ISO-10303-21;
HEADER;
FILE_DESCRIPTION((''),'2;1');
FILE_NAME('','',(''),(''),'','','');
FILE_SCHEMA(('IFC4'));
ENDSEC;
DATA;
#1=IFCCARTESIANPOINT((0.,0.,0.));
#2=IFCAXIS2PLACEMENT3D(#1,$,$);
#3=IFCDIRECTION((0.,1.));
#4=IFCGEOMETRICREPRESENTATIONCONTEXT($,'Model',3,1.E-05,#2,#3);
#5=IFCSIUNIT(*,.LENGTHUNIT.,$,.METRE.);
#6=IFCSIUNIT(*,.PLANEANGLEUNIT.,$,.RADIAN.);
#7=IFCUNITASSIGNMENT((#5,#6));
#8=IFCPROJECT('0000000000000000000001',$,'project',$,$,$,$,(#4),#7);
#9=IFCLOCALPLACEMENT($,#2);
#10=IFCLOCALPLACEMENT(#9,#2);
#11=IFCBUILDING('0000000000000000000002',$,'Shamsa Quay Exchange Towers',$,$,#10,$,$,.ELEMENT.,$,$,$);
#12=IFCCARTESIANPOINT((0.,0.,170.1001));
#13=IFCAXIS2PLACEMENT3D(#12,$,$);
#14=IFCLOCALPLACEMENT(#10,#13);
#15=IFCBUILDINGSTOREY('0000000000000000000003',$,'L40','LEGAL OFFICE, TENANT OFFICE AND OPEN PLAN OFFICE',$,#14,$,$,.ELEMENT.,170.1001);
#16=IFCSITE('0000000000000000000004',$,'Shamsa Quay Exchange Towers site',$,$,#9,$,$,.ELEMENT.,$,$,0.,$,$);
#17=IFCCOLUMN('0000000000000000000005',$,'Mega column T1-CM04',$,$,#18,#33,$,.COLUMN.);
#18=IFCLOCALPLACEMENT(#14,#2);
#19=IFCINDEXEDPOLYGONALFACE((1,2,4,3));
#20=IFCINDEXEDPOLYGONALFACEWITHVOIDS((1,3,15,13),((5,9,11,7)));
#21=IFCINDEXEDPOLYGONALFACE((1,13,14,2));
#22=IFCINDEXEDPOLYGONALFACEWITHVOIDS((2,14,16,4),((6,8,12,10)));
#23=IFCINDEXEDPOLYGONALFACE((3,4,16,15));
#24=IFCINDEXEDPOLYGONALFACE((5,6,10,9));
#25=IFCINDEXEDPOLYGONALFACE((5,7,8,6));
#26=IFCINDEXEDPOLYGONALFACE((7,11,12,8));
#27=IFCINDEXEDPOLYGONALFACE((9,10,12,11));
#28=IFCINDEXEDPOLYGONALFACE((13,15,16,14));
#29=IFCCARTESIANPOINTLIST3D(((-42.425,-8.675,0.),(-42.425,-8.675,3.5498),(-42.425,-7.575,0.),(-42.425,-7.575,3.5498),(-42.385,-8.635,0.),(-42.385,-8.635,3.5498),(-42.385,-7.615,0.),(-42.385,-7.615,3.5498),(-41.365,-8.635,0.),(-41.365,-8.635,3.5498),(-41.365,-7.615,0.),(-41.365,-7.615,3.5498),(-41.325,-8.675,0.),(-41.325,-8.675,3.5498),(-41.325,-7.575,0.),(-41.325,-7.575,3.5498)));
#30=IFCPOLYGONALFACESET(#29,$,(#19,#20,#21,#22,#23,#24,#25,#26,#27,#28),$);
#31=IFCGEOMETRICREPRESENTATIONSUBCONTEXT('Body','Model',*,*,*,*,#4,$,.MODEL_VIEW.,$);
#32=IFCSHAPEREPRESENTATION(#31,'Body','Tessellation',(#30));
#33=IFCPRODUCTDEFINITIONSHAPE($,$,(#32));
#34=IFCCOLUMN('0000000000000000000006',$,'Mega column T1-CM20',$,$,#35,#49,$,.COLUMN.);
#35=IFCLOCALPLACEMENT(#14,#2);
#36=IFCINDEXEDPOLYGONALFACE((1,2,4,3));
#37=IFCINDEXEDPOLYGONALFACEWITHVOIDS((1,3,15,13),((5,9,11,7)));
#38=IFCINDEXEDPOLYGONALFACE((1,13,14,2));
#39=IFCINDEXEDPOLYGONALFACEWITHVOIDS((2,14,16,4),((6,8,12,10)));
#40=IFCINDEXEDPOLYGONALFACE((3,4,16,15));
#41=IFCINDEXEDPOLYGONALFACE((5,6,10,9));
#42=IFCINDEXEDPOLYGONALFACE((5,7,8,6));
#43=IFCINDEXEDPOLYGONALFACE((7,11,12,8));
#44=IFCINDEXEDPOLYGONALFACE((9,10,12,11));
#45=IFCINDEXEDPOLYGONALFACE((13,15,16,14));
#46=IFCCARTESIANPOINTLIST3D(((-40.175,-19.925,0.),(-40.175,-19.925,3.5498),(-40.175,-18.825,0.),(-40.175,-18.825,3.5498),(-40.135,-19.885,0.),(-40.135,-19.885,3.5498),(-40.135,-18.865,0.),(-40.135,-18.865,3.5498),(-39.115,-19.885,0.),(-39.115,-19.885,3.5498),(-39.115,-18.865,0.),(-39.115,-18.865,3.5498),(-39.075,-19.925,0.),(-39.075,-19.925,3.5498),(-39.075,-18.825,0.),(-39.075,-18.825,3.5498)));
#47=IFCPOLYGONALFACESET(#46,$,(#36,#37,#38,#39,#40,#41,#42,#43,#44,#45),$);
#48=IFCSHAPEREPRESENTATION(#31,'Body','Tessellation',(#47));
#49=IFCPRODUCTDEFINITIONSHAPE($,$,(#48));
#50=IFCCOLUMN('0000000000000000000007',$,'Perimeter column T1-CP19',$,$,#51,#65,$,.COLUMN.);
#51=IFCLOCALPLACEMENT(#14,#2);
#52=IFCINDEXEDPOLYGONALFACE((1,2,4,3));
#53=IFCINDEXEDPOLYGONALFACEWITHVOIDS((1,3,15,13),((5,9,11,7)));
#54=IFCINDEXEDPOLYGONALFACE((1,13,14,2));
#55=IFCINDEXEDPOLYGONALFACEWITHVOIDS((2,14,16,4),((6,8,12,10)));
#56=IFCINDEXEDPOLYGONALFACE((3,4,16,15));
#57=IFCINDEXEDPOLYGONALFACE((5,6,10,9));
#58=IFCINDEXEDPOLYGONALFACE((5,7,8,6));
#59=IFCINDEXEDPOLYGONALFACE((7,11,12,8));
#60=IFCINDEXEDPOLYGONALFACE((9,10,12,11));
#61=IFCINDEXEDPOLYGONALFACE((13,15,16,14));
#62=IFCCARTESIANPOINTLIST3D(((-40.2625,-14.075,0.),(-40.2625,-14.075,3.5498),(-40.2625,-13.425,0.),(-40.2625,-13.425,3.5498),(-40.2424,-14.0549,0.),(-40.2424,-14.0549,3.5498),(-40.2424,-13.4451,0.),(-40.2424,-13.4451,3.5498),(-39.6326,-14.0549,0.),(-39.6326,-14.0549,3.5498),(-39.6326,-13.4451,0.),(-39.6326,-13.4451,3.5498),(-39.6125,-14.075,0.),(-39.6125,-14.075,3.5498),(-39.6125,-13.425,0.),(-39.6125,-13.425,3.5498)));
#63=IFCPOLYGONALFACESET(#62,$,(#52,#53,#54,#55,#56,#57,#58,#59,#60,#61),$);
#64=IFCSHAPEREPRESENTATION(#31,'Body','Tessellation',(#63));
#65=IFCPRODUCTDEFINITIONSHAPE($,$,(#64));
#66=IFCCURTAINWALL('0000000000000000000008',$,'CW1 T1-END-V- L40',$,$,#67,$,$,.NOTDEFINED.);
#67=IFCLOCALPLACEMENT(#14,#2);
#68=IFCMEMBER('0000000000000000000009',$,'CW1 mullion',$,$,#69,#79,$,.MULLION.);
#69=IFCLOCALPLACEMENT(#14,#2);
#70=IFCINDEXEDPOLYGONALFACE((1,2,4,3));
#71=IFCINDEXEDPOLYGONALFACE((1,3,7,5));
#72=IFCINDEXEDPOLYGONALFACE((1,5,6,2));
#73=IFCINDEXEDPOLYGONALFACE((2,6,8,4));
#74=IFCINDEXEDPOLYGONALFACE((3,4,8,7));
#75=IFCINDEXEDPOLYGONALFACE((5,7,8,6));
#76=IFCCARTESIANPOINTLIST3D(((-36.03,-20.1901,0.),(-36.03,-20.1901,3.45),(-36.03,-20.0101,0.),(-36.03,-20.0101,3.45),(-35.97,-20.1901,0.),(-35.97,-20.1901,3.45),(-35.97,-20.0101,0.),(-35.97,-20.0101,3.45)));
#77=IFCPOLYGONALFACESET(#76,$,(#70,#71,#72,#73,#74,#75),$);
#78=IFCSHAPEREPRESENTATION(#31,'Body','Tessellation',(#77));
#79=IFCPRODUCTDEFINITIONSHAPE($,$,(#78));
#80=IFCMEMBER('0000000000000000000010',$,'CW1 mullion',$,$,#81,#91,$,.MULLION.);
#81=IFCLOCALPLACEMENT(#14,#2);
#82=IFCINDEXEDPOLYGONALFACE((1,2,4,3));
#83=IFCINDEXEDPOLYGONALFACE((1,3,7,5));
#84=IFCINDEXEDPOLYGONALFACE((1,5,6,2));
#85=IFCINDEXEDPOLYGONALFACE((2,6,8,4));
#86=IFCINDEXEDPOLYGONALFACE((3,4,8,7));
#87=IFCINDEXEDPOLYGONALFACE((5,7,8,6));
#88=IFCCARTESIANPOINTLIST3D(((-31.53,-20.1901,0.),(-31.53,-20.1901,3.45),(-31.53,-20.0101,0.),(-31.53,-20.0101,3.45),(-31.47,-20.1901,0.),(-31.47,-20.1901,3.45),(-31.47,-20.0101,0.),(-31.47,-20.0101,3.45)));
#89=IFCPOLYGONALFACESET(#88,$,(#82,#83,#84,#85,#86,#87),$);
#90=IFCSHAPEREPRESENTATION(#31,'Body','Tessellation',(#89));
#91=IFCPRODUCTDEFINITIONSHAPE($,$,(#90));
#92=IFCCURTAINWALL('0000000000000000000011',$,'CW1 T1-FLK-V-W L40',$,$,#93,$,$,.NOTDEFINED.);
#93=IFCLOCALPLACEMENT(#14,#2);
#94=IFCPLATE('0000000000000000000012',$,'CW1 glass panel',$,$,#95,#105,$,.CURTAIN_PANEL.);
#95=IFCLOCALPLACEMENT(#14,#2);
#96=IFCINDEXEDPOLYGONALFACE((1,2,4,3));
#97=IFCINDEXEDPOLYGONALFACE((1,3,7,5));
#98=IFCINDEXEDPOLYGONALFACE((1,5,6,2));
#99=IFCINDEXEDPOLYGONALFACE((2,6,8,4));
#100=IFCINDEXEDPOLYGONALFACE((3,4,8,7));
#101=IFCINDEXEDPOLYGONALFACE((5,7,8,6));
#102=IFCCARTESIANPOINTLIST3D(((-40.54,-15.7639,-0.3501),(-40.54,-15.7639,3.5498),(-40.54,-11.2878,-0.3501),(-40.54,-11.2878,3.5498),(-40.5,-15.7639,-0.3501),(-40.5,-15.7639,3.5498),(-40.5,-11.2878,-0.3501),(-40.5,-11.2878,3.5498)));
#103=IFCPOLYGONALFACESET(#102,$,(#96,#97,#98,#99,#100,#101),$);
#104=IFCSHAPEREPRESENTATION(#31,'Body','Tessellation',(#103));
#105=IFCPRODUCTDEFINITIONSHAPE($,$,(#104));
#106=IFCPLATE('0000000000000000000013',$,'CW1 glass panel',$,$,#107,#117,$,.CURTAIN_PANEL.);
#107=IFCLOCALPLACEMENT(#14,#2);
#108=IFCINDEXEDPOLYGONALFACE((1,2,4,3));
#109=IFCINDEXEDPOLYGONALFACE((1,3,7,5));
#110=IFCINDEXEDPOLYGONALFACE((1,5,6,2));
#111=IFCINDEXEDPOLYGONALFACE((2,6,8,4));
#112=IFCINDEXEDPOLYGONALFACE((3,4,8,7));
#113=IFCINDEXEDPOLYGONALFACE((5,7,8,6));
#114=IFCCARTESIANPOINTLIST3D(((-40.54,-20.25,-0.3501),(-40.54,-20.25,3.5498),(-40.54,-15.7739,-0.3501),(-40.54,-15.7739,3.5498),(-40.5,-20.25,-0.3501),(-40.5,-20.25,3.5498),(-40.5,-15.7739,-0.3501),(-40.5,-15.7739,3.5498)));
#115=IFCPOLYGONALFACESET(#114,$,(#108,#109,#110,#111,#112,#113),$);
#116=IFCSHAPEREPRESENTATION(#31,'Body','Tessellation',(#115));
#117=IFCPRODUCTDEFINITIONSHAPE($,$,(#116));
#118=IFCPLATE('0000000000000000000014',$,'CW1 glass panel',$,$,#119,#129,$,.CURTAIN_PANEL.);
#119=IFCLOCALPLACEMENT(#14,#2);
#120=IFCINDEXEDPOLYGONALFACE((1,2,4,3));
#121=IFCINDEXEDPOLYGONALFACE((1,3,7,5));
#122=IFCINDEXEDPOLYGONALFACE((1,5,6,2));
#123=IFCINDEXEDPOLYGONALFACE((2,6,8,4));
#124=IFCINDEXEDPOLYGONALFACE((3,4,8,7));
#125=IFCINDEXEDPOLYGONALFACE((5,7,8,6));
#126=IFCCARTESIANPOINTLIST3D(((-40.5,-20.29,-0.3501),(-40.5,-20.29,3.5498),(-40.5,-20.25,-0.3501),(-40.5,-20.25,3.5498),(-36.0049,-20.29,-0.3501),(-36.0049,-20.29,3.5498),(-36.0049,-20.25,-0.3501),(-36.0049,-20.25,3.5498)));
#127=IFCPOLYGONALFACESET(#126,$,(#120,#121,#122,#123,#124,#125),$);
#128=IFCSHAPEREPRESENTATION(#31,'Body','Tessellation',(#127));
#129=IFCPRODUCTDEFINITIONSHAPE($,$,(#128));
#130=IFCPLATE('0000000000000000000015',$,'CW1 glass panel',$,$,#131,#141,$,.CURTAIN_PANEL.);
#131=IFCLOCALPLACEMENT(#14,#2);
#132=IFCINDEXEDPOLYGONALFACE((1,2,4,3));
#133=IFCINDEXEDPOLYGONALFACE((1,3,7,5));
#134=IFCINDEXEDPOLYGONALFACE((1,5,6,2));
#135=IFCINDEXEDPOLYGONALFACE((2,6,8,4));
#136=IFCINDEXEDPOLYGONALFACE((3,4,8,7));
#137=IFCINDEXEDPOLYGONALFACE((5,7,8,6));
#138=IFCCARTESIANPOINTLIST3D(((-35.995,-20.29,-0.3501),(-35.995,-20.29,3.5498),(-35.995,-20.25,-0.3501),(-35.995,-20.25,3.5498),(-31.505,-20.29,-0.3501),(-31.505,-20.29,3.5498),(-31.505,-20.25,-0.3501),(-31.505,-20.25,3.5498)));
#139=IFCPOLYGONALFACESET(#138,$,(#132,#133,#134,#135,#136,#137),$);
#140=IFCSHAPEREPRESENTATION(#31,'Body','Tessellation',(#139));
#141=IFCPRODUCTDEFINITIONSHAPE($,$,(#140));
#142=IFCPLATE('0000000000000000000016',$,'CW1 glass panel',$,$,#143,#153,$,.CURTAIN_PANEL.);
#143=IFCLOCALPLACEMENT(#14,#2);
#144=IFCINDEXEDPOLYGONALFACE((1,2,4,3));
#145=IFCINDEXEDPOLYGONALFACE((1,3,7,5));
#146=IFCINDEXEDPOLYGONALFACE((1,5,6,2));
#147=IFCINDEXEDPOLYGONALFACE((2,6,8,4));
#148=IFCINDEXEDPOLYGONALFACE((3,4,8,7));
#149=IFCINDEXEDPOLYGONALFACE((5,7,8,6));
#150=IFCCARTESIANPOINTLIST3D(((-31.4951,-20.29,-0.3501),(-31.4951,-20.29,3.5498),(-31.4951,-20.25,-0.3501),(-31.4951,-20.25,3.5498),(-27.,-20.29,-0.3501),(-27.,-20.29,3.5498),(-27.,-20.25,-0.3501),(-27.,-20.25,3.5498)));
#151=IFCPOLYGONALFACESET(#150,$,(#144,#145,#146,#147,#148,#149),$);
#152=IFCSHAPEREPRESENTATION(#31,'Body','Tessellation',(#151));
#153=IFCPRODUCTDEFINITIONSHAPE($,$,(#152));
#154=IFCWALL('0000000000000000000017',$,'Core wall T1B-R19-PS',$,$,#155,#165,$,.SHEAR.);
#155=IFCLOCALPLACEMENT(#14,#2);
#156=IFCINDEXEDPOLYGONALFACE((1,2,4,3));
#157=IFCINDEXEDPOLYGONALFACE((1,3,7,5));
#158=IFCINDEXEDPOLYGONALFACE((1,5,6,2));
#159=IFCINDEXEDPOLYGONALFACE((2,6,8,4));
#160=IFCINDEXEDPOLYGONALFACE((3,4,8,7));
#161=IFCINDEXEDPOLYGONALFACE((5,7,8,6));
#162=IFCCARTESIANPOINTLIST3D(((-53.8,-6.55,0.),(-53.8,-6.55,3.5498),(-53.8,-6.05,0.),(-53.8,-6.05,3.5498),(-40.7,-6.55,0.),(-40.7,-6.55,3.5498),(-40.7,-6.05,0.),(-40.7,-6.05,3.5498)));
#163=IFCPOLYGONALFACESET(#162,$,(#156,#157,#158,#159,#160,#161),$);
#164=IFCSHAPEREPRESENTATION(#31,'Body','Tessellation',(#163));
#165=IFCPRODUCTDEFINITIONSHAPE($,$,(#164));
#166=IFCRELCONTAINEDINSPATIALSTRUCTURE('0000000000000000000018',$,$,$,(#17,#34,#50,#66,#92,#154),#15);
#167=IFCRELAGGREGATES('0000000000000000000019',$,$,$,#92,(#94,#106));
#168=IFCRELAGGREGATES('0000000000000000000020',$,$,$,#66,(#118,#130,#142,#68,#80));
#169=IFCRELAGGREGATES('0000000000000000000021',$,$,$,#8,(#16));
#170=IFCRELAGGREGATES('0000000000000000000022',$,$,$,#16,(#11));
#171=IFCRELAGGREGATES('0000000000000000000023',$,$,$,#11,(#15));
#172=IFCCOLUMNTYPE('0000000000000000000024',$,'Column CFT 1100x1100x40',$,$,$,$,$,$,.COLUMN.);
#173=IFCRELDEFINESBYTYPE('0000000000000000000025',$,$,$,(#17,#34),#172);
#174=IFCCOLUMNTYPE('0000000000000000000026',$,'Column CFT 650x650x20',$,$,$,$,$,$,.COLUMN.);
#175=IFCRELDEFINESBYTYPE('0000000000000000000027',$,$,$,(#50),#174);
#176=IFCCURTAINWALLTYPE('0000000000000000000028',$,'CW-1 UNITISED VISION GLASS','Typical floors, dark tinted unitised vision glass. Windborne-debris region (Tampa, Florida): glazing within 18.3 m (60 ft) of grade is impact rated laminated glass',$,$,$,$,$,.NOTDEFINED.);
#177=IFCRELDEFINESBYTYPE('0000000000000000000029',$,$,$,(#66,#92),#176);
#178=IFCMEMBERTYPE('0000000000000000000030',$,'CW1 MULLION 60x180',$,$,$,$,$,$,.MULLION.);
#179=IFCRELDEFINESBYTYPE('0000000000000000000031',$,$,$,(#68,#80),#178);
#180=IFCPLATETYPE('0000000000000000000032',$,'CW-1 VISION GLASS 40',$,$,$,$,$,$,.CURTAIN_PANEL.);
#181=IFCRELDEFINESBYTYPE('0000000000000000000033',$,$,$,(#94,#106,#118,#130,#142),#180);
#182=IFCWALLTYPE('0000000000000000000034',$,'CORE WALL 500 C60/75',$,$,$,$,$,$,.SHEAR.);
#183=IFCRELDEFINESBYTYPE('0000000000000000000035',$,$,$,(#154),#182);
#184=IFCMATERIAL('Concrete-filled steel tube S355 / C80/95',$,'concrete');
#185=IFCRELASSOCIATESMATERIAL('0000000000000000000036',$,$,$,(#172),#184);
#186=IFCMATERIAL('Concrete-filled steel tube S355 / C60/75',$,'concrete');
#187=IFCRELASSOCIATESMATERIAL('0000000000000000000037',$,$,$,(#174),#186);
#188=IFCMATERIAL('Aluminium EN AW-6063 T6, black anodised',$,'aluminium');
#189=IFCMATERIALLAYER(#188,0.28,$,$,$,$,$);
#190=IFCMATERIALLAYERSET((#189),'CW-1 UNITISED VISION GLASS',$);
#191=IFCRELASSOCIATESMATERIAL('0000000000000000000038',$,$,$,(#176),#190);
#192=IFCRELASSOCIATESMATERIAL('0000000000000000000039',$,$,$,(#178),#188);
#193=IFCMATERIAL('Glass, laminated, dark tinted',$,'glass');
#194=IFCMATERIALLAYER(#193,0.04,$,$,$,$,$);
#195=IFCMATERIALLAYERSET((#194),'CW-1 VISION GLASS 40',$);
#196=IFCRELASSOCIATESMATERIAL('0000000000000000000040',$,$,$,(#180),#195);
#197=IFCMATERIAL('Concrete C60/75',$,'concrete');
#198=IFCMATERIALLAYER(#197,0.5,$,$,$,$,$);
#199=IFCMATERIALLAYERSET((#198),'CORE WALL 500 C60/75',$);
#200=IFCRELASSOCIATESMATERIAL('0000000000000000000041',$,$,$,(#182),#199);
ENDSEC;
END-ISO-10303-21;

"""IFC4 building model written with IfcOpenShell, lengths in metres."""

from ifc_helpers import new_model, si_unit, direction, frame, frame_2d, origin, origin_2d, place, context, subcontext, project, spatial, rectangle, hollow_rectangle, extrude, material, layer, layer_set, material_profile, profile_set, type_object, element, aggregate, save


model = new_model("IFC4")

# Units and contexts
model_context = context("Model", 3, precision=1e-05, world=origin(), true_north=direction((0.0, 1.0)))
body_context = subcontext(model_context, "Body", "Model", "MODEL_VIEW")
ifc_project = project(units=[si_unit("LENGTHUNIT", "METRE"), si_unit("PLANEANGLEUNIT", "RADIAN")], contexts=[model_context])

# Site, building, storey
site_placement = place(None, origin())
site = spatial("IfcSite", under=ifc_project, at=site_placement, Name="Shamsa Quay Exchange Towers site", CompositionType="ELEMENT", RefElevation=0.0)
building_placement = place(site_placement, origin())
building = spatial("IfcBuilding", under=site, at=building_placement, Name="Shamsa Quay Exchange Towers", CompositionType="ELEMENT")
storey_placement = place(building_placement, frame((0.0, 0.0, 170.1001)))
storey = spatial("IfcBuildingStorey", under=building, at=storey_placement, Name="L40", Description="LEGAL OFFICE, TENANT OFFICE AND OPEN PLAN OFFICE", CompositionType="ELEMENT", Elevation=170.1001)

# Columns
ifc_material_1 = material(Name="Concrete-filled steel tube S355 / C80/95", Category="concrete")
ifc_material_profile_1 = material_profile(ifc_material_1, hollow_rectangle(XDim=1.1001, YDim=1.1001, WallThickness=0.04, at=origin_2d()), Name="CFT 1100x1100x40")
ifc_profile_set_1 = profile_set([ifc_material_profile_1], Name="Concrete-filled steel tube S355 / C80/95")
column_type_1 = type_object("IfcColumnType", Name="Column CFT 1100x1100x40", PredefinedType="COLUMN", material=ifc_profile_set_1)
for number, where, name in (
    (1, (-41.875, -8.125, 0.0), "Mega column T1-CM04"),
    (2, (-39.625, -19.375, 0.0), "Mega column T1-CM20"),
):
    element("IfcColumn", number, at=place(storey_placement, frame(where)), inside=storey, type_object=column_type_1, Name=name, PredefinedType="COLUMN", context=body_context, shape_type="SweptSolid", body=[
        extrude(hollow_rectangle(XDim=1.1001, YDim=1.1001, WallThickness=0.04, at=origin_2d()), origin(), (0.0, 0.0, 1.0), 3.5498),
    ])
ifc_material_2 = material(Name="Concrete-filled steel tube S355 / C60/75", Category="concrete")
ifc_material_profile_2 = material_profile(ifc_material_2, hollow_rectangle(XDim=0.6499, YDim=0.6499, WallThickness=0.02, at=origin_2d()), Name="CFT 650x650x20")
ifc_profile_set_2 = profile_set([ifc_material_profile_2], Name="Concrete-filled steel tube S355 / C60/75")
column_type_2 = type_object("IfcColumnType", Name="Column CFT 650x650x20", PredefinedType="COLUMN", material=ifc_profile_set_2)
column_placement = place(storey_placement, frame((-39.9375, -13.75, 0.0)))
element("IfcColumn", 3, at=column_placement, inside=storey, type_object=column_type_2, Name="Perimeter column T1-CP19", PredefinedType="COLUMN", context=body_context, shape_type="SweptSolid", body=[
    extrude(hollow_rectangle(XDim=0.6499, YDim=0.6499, WallThickness=0.02, at=origin_2d()), origin(), (0.0, 0.0, 1.0), 3.5498),
])

# Curtain wall, members
ifc_material_3 = material(Name="Aluminium EN AW-6063 T6, black anodised", Category="aluminium")
ifc_layer_1 = layer(ifc_material_3, 0.28)
ifc_layer_set_1 = layer_set([ifc_layer_1], Name="CW-1 UNITISED VISION GLASS")
curtain_wall_type = type_object("IfcCurtainWallType", Name="CW-1 UNITISED VISION GLASS", Description="Typical floors, dark tinted unitised vision glass. Windborne-debris region (Tampa, Florida): glazing within 18.3 m (60 ft) of grade is impact rated laminated glass", PredefinedType="NOTDEFINED", material=ifc_layer_set_1)
curtain_wall_1_placement = place(storey_placement, origin())
curtain_wall_1 = element("IfcCurtainWall", 4, at=curtain_wall_1_placement, inside=storey, type_object=curtain_wall_type, Name="CW1 T1-END-V- L40", PredefinedType="NOTDEFINED")
ifc_material_profile_3 = material_profile(ifc_material_3, rectangle(XDim=0.1799, YDim=0.0601, at=origin_2d()), Name="MU60x180")
ifc_profile_set_3 = profile_set([ifc_material_profile_3], Name="Aluminium EN AW-6063 T6, black anodised")
member_type = type_object("IfcMemberType", Name="CW1 MULLION 60x180", PredefinedType="MULLION", material=ifc_profile_set_3)
member_1_placement = place(storey_placement, frame((-36.0, -20.1001, 0.0), z_axis=(0.0, 0.0, 1.0), x_axis=(0.0, 1.0, 0.0)))
member_1 = element("IfcMember", 5, at=member_1_placement, type_object=member_type, Name="CW1 mullion", PredefinedType="MULLION", context=body_context, shape_type="SweptSolid", body=[
    extrude(rectangle(XDim=0.1799, YDim=0.0601, at=origin_2d()), origin(), (0.0, 0.0, 1.0), 3.45),
])
member_2_placement = place(storey_placement, frame((-31.5, -20.1001, 0.0), z_axis=(0.0, 0.0, 1.0), x_axis=(0.0, 1.0, 0.0)))
member_2 = element("IfcMember", 6, at=member_2_placement, type_object=member_type, Name="CW1 mullion", PredefinedType="MULLION", context=body_context, shape_type="SweptSolid", body=[
    extrude(rectangle(XDim=0.1799, YDim=0.0601, at=origin_2d()), origin(), (0.0, 0.0, 1.0), 3.45),
])

# Curtain wall, plates
curtain_wall_2_placement = place(storey_placement, origin())
curtain_wall_2 = element("IfcCurtainWall", 7, at=curtain_wall_2_placement, inside=storey, type_object=curtain_wall_type, Name="CW1 T1-FLK-V-W L40", PredefinedType="NOTDEFINED")
ifc_material_4 = material(Name="Glass, laminated, dark tinted", Category="glass")
ifc_layer_2 = layer(ifc_material_4, 0.04)
ifc_layer_set_2 = layer_set([ifc_layer_2], Name="CW-1 VISION GLASS 40")
plate_type = type_object("IfcPlateType", Name="CW-1 VISION GLASS 40", PredefinedType="CURTAIN_PANEL", material=ifc_layer_set_2)
plate_1_placement = place(storey_placement, frame((-40.52, -13.5259, -0.3501), z_axis=(0.0, 0.0, 1.0), x_axis=(0.0, -1.0, 0.0)))
plate_1 = element("IfcPlate", 8, at=plate_1_placement, type_object=plate_type, Name="CW1 glass panel", PredefinedType="CURTAIN_PANEL", context=body_context, shape_type="SweptSolid", body=[
    extrude(rectangle(XDim=4.4761, YDim=0.04, at=origin_2d()), origin(), (0.0, 0.0, 1.0), 3.8999),
])
plate_2_placement = place(storey_placement, frame((-40.52, -18.012, -0.3501), z_axis=(0.0, 0.0, 1.0), x_axis=(0.0, -1.0, 0.0)))
plate_2 = element("IfcPlate", 9, at=plate_2_placement, type_object=plate_type, Name="CW1 glass panel", PredefinedType="CURTAIN_PANEL", context=body_context, shape_type="SweptSolid", body=[
    extrude(rectangle(XDim=4.4761, YDim=0.04, at=origin_2d()), origin(), (0.0, 0.0, 1.0), 3.8999),
])
aggregate(curtain_wall_2, [plate_1, plate_2])

# Plates
plate_3_placement = place(storey_placement, frame((-38.2524, -20.27, -0.3501)))
plate_3 = element("IfcPlate", 10, at=plate_3_placement, type_object=plate_type, Name="CW1 glass panel", PredefinedType="CURTAIN_PANEL", context=body_context, shape_type="SweptSolid", body=[
    extrude(rectangle(XDim=4.4951, YDim=0.04, at=origin_2d()), origin(), (0.0, 0.0, 1.0), 3.8999),
])
plate_4_placement = place(storey_placement, frame((-33.75, -20.27, -0.3501)))
plate_4 = element("IfcPlate", 11, at=plate_4_placement, type_object=plate_type, Name="CW1 glass panel", PredefinedType="CURTAIN_PANEL", context=body_context, shape_type="SweptSolid", body=[
    extrude(rectangle(XDim=4.49, YDim=0.04, at=origin_2d()), origin(), (0.0, 0.0, 1.0), 3.8999),
])
plate_5_placement = place(storey_placement, frame((-29.2476, -20.27, -0.3501)))
plate_5 = element("IfcPlate", 12, at=plate_5_placement, type_object=plate_type, Name="CW1 glass panel", PredefinedType="CURTAIN_PANEL", context=body_context, shape_type="SweptSolid", body=[
    extrude(rectangle(XDim=4.4951, YDim=0.04, at=origin_2d()), origin(), (0.0, 0.0, 1.0), 3.8999),
])
aggregate(curtain_wall_1, [plate_3, plate_4, plate_5, member_1, member_2])

# Wall
ifc_material_5 = material(Name="Concrete C60/75", Category="concrete")
ifc_layer_3 = layer(ifc_material_5, 0.5)
ifc_layer_set_3 = layer_set([ifc_layer_3], Name="CORE WALL 500 C60/75")
wall_type_1 = type_object("IfcWallType", Name="CORE WALL 500 C60/75", PredefinedType="SHEAR", material=ifc_layer_set_3)
wall_1_placement = place(storey_placement, frame((-40.7, -6.3, 0.0), z_axis=(0.0, 0.0, 1.0), x_axis=(-1.0, 0.0, 0.0)))
element("IfcWall", 13, at=wall_1_placement, inside=storey, type_object=wall_type_1, Name="Core wall T1B-R19-PS", PredefinedType="SHEAR", context=body_context, shape_type="SweptSolid", body=[
    extrude(rectangle(XDim=13.1001, YDim=0.5, at=frame_2d((6.55, 0.0))), origin(), (0.0, 0.0, 1.0), 3.5498),
])

save(model, "model.ifc")
